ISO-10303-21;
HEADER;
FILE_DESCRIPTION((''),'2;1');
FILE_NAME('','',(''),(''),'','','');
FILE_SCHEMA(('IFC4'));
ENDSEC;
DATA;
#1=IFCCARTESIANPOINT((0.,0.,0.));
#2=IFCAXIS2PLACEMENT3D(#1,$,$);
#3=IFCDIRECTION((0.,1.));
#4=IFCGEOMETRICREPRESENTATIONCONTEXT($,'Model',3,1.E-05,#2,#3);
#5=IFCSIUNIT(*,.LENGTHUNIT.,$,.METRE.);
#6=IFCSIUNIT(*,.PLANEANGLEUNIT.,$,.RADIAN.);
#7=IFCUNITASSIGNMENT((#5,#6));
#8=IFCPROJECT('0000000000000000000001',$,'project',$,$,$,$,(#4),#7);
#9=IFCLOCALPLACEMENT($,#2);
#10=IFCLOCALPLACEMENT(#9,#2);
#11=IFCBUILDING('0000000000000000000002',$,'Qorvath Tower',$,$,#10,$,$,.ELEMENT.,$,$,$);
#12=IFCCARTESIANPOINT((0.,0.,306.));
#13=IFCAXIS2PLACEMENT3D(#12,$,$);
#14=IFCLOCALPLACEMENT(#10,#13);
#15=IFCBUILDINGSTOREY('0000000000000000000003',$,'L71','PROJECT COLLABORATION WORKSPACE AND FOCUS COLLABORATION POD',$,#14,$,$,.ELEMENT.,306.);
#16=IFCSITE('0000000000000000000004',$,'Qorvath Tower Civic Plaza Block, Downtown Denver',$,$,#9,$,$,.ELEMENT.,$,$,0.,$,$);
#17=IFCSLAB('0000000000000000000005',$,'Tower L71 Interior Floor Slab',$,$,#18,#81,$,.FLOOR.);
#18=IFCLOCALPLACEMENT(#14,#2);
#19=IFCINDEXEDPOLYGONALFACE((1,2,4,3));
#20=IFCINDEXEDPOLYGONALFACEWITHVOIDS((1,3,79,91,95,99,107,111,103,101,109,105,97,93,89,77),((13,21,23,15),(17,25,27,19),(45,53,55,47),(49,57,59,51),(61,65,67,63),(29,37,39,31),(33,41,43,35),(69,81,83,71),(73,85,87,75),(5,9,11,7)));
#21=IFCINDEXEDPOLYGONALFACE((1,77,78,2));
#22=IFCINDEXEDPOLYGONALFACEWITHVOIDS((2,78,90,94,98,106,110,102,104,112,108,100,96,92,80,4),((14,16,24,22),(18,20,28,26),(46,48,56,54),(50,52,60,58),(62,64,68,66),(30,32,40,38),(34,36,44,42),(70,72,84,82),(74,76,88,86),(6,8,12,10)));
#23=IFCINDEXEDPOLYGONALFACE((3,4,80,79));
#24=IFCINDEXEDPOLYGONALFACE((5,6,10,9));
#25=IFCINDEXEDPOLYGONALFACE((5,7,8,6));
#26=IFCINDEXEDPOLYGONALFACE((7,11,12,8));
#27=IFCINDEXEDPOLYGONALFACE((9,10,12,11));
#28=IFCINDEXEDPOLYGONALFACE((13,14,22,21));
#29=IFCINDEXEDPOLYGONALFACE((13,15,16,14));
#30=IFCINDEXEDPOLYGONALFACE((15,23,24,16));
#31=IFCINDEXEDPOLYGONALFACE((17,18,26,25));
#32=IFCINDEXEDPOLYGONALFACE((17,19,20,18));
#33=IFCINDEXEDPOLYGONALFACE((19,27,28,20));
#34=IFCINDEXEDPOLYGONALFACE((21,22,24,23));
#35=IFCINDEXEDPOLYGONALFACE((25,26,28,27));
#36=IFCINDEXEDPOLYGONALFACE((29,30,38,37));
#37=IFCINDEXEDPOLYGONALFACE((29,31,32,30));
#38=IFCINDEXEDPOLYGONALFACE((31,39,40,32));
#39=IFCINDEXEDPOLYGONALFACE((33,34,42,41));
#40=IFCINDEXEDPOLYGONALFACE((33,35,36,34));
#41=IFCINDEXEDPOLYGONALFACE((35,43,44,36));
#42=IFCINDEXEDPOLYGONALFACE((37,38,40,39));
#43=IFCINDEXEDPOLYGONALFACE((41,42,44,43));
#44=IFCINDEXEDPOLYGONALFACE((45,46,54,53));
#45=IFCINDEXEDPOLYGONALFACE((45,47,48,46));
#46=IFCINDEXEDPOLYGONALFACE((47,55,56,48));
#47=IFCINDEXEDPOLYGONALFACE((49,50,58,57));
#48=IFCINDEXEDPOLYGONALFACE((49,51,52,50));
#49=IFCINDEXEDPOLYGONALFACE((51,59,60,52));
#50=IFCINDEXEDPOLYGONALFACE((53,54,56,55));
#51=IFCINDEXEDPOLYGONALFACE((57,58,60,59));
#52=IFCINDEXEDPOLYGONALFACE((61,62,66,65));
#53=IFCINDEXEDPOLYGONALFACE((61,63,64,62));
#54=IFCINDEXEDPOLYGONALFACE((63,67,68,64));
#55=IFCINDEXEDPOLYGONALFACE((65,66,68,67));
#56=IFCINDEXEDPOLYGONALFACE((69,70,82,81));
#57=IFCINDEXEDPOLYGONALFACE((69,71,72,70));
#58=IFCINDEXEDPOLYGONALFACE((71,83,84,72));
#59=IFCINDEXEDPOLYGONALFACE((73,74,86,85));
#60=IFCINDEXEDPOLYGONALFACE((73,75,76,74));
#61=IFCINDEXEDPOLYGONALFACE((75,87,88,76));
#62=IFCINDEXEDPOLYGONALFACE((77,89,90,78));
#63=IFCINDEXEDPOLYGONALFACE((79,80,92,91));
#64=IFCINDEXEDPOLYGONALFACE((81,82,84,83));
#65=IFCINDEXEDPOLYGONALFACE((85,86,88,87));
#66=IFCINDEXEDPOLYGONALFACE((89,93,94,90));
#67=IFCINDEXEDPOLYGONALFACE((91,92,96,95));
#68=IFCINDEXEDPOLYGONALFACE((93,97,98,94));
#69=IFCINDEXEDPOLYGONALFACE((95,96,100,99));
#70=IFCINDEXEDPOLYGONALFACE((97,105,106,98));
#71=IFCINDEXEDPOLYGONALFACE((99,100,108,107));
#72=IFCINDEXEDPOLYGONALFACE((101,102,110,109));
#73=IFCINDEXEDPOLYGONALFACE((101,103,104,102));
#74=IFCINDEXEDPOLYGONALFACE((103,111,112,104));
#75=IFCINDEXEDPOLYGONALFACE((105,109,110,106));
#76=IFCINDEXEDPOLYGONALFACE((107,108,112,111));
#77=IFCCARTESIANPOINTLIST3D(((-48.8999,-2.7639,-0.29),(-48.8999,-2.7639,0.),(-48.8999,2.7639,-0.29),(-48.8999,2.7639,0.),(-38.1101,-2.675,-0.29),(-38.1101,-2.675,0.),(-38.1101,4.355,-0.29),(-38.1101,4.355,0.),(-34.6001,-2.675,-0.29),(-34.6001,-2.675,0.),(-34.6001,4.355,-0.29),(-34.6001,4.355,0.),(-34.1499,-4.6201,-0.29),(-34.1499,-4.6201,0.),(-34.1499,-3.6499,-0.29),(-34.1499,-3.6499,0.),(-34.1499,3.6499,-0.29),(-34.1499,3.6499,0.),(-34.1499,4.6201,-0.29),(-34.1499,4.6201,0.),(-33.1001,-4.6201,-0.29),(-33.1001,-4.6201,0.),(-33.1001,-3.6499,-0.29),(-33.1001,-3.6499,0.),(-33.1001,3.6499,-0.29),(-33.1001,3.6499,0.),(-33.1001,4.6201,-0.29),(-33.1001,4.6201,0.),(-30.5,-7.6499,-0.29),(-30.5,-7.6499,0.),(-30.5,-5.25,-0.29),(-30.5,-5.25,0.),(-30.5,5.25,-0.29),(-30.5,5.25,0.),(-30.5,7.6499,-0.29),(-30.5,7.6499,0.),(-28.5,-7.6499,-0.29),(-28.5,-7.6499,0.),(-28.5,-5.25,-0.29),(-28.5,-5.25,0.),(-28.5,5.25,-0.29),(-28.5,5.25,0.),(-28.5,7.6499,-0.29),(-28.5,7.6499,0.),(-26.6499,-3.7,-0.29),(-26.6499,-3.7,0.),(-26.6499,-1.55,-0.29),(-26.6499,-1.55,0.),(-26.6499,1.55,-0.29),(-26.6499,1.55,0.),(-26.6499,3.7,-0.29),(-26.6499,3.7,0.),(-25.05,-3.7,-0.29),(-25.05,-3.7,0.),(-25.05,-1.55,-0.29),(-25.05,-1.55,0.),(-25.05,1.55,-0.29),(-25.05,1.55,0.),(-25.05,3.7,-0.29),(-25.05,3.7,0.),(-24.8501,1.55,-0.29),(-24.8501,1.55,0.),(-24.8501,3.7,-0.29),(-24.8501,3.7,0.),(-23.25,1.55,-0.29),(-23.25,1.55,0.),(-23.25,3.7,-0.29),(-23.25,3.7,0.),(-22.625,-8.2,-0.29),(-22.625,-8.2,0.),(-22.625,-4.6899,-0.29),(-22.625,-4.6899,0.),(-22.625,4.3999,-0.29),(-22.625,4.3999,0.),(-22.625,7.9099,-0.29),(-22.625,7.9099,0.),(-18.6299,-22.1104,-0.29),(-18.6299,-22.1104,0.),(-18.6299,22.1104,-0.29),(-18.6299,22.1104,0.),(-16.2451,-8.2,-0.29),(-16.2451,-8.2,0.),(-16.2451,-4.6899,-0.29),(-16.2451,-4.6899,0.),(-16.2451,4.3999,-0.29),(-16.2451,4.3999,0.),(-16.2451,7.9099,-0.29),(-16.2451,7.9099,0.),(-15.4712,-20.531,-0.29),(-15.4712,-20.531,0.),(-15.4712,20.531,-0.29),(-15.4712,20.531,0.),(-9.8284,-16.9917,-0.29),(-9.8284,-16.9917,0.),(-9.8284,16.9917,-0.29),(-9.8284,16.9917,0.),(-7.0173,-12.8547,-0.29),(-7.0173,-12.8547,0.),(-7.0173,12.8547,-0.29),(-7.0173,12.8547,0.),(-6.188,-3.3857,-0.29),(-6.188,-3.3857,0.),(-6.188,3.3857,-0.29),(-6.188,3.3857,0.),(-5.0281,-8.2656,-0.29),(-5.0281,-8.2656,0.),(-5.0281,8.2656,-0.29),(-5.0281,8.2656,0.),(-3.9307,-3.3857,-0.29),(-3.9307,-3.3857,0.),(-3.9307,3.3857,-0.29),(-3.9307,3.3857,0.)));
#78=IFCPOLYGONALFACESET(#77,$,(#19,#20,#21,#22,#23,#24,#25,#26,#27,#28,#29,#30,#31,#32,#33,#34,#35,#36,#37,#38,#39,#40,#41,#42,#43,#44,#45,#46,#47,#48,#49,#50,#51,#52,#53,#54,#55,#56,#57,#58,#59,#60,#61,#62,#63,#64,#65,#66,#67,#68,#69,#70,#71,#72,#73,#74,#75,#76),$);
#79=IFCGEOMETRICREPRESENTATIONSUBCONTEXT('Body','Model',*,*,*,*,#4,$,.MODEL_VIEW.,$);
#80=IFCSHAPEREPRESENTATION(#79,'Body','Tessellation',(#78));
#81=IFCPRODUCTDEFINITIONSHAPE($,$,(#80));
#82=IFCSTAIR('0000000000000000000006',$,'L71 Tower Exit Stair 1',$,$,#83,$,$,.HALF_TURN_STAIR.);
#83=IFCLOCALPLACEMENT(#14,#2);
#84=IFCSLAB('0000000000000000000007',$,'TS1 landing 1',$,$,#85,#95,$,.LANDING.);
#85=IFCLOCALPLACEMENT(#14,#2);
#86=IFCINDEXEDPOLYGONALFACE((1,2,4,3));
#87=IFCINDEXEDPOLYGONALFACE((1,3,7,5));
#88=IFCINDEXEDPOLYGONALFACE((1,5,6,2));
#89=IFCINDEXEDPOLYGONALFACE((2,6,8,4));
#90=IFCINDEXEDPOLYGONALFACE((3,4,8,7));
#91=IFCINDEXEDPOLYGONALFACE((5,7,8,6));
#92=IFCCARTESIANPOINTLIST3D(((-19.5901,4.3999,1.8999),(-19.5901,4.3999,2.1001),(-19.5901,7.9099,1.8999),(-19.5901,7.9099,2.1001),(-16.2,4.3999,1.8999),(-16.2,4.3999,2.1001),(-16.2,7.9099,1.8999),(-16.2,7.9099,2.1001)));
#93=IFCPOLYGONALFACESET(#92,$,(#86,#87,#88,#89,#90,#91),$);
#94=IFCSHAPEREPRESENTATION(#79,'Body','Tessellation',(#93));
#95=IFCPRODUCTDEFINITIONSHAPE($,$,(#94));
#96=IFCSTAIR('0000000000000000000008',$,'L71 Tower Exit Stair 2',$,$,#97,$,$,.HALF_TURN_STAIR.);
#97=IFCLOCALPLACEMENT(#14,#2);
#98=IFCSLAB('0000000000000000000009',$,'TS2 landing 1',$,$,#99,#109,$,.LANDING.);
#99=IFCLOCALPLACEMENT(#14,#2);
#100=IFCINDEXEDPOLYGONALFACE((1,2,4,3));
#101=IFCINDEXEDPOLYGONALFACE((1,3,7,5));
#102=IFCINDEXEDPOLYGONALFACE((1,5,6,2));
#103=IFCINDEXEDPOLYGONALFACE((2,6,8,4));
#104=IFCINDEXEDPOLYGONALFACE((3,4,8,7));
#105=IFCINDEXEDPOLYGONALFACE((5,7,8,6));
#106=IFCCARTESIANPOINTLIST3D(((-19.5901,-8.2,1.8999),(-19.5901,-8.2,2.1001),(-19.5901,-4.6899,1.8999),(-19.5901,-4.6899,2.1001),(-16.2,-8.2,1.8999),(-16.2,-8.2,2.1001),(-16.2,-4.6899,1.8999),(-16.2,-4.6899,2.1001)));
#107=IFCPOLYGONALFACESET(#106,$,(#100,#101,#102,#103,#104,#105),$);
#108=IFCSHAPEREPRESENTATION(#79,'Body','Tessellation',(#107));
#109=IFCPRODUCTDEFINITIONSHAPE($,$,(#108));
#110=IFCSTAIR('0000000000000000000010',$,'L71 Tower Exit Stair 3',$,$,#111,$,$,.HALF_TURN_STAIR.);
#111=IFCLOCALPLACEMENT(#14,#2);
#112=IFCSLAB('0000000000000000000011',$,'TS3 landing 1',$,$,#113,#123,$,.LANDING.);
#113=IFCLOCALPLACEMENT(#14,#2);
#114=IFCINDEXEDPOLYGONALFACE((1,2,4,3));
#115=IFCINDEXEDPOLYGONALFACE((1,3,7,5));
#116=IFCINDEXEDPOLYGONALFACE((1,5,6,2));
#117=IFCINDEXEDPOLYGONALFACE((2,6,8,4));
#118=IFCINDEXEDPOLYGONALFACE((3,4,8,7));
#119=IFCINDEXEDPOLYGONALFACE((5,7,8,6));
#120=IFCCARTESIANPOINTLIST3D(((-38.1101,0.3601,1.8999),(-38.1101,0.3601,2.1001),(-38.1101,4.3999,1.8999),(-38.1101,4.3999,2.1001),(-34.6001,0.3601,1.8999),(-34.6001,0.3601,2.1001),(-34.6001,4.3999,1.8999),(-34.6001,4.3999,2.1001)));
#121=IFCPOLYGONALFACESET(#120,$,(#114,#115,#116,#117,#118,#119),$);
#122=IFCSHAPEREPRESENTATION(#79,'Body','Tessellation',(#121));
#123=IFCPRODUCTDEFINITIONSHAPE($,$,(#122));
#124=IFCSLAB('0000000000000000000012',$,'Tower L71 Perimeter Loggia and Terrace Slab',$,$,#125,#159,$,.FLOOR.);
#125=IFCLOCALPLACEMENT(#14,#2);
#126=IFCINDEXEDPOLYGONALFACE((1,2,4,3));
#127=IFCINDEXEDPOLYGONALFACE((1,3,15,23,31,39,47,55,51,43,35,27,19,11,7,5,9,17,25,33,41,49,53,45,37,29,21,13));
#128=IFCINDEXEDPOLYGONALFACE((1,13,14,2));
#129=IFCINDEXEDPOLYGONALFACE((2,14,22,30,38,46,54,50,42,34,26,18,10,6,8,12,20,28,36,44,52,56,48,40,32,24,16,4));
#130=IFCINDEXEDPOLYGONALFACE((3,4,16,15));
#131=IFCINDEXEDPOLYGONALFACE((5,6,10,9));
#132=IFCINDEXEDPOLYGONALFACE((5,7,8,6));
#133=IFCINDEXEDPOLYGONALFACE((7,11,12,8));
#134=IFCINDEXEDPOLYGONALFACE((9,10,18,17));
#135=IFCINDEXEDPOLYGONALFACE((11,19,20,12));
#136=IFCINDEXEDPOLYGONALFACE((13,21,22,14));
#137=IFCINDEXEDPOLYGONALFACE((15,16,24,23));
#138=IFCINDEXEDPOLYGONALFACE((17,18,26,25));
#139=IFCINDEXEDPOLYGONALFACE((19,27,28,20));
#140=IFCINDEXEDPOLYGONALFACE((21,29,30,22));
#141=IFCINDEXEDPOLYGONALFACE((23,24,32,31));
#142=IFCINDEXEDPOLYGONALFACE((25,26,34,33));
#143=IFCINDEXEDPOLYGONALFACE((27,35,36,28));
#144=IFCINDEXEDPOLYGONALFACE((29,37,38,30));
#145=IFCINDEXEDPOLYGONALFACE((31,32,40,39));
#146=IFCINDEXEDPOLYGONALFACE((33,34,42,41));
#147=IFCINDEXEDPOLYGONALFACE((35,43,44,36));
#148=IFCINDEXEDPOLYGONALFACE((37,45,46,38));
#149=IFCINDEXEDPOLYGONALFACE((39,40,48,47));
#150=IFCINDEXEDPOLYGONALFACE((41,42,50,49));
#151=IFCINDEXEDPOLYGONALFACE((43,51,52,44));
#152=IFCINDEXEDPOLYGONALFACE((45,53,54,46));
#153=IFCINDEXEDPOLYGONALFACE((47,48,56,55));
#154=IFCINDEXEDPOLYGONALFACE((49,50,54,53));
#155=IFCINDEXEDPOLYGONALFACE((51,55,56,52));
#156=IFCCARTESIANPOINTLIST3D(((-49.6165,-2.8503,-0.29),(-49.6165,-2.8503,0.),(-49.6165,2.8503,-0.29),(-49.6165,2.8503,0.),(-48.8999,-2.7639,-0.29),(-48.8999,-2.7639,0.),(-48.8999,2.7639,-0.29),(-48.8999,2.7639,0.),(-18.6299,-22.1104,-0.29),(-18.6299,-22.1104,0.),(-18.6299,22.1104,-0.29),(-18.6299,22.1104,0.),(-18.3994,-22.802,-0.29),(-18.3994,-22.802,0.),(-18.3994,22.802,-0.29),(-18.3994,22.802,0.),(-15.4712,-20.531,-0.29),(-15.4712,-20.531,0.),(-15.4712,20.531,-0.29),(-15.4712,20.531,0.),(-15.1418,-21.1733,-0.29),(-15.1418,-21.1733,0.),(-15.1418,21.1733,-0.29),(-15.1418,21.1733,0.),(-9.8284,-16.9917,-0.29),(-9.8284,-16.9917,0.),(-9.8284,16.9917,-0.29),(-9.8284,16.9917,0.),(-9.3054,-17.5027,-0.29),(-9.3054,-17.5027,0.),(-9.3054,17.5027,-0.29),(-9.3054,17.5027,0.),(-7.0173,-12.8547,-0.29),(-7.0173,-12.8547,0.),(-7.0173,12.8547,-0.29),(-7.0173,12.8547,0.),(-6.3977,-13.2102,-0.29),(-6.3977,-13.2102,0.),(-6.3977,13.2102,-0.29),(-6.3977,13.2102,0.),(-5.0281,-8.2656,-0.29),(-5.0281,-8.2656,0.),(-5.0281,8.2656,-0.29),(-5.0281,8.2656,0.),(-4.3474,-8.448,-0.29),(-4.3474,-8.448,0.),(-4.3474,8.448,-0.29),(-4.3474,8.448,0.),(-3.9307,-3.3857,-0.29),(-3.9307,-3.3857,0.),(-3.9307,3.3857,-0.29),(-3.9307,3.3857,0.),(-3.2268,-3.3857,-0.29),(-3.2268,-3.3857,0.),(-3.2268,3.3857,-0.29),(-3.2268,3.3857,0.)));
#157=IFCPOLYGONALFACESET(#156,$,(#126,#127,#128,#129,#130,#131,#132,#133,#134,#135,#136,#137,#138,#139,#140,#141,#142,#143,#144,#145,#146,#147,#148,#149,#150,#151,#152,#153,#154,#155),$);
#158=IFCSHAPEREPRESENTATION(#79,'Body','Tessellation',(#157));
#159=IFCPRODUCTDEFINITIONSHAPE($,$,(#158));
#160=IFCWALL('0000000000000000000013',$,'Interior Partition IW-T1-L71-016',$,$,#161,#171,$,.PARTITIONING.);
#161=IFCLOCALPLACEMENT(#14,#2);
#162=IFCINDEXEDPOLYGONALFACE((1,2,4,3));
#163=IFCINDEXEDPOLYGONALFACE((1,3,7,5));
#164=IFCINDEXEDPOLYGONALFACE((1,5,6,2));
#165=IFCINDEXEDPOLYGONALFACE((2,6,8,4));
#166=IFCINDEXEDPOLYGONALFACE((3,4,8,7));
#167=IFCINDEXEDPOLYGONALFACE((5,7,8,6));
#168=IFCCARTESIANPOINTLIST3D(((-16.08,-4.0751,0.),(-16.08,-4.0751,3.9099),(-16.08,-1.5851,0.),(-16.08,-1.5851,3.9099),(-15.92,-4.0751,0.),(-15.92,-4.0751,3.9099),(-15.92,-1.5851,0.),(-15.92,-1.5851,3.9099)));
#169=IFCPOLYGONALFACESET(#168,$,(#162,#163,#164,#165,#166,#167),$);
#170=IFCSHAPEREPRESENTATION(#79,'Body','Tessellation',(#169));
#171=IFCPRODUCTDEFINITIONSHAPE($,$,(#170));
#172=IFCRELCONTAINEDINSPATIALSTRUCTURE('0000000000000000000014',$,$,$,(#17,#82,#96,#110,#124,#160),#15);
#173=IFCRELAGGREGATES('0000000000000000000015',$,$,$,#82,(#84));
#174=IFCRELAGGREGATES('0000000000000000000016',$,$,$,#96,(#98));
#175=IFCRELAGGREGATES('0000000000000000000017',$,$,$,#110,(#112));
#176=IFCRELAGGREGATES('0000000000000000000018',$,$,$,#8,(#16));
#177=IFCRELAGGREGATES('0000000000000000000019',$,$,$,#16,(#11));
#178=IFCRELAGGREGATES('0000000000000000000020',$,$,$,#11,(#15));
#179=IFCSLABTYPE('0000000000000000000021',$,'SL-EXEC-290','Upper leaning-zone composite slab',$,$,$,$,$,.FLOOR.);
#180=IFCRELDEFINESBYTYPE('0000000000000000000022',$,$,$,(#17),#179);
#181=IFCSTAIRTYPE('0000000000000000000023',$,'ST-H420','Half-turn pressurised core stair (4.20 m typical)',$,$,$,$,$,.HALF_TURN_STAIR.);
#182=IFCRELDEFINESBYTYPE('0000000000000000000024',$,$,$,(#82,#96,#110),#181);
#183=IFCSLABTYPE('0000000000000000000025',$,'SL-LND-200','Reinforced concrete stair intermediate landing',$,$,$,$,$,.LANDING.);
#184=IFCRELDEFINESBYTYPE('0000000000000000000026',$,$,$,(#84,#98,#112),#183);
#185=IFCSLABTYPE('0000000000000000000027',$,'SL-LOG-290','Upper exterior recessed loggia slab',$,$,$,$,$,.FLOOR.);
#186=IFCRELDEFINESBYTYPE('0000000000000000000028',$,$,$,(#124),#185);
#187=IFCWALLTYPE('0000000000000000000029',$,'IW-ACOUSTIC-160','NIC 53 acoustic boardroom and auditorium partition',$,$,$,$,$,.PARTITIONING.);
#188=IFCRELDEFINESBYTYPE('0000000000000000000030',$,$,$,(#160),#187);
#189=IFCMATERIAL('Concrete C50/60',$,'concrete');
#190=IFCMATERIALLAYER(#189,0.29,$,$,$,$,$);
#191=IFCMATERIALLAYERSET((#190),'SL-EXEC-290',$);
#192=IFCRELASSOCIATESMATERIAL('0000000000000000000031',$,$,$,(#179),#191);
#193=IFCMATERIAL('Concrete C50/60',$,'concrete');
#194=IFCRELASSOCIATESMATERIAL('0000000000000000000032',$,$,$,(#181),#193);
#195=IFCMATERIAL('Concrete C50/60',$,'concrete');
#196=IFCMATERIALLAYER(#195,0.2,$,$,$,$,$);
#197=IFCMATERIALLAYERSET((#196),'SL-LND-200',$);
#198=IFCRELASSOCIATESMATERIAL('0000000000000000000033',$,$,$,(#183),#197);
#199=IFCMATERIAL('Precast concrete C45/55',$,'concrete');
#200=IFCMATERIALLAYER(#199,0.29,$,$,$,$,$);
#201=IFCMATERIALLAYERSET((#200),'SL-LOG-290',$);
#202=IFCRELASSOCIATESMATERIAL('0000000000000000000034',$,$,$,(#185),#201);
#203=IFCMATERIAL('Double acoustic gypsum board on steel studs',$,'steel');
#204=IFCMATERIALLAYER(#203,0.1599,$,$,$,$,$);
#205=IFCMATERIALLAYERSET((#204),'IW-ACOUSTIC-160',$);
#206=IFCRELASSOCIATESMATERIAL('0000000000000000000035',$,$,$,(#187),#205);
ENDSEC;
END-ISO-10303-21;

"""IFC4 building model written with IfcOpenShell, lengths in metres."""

from ifc_helpers import new_model, si_unit, direction, frame, frame_2d, origin, place, context, subcontext, project, spatial, polyline, rectangle, outline, extrude, material, layer, layer_set, type_object, element, aggregate, save


model = new_model("IFC4")

# Units and contexts
model_context = context("Model", 3, precision=1e-05, world=origin(), true_north=direction((0.0, 1.0)))
body_context = subcontext(model_context, "Body", "Model", "MODEL_VIEW")
ifc_project = project(units=[si_unit("LENGTHUNIT", "METRE"), si_unit("PLANEANGLEUNIT", "RADIAN")], contexts=[model_context])

# Site, building, storey
site_placement = place(None, origin())
site = spatial("IfcSite", under=ifc_project, at=site_placement, Name="Qorvath Tower Civic Plaza Block, Downtown Denver", CompositionType="ELEMENT", RefElevation=0.0)
building_placement = place(site_placement, origin())
building = spatial("IfcBuilding", under=site, at=building_placement, Name="Qorvath Tower", CompositionType="ELEMENT")
storey_placement = place(building_placement, frame((0.0, 0.0, 306.0)))
storey = spatial("IfcBuildingStorey", under=building, at=storey_placement, Name="L71", Description="PROJECT COLLABORATION WORKSPACE AND FOCUS COLLABORATION POD", CompositionType="ELEMENT", Elevation=306.0)

# Slab
ifc_material_1 = material(Name="Concrete C50/60", Category="concrete")
ifc_layer_1 = layer(ifc_material_1, 0.29)
ifc_layer_set_1 = layer_set([ifc_layer_1], Name="SL-EXEC-290")
slab_type_1 = type_object("IfcSlabType", Name="SL-EXEC-290", Description="Upper leaning-zone composite slab", PredefinedType="FLOOR", material=ifc_layer_set_1)
slab_1_placement = place(storey_placement, frame((0.0, 0.0, -0.29)))
element("IfcSlab", 1, at=slab_1_placement, inside=storey, type_object=slab_type_1, Name="Tower L71 Interior Floor Slab", PredefinedType="FLOOR", context=body_context, shape_type="SweptSolid", body=[
    extrude(outline(polyline([(-48.8999, 2.7639), (-48.8999, -2.7639), (-18.6299, -22.1104), (-15.4712, -20.531), (-9.8284, -16.9917), (-7.0173, -12.8547), (-5.0281, -8.2656), (-3.9307, -3.3857), (-6.188, -3.3857), (-6.188, 3.3857), (-3.9307, 3.3857), (-5.0281, 8.2656), (-7.0173, 12.8547), (-9.8284, 16.9917), (-15.4712, 20.531), (-18.6299, 22.1104), (-48.8999, 2.7639)]), holes=[polyline([(-16.2451, -8.2), (-22.625, -8.2), (-22.625, -4.6899), (-16.2451, -4.6899), (-16.2451, -8.2)]), polyline([(-22.625, 4.3999), (-22.625, 7.9099), (-16.2451, 7.9099), (-16.2451, 4.3999), (-22.625, 4.3999)]), polyline([(-23.25, 1.55), (-24.8501, 1.55), (-24.8501, 3.7), (-23.25, 3.7), (-23.25, 1.55)]), polyline([(-26.6499, -3.7), (-26.6499, -1.55), (-25.05, -1.55), (-25.05, -3.7), (-26.6499, -3.7)]), polyline([(-25.05, 1.55), (-26.6499, 1.55), (-26.6499, 3.7), (-25.05, 3.7), (-25.05, 1.55)]), polyline([(-28.5, -7.6499), (-30.5, -7.6499), (-30.5, -5.25), (-28.5, -5.25), (-28.5, -7.6499)]), polyline([(-30.5, 5.25), (-30.5, 7.6499), (-28.5, 7.6499), (-28.5, 5.25), (-30.5, 5.25)]), polyline([(-33.1001, -4.6201), (-34.1499, -4.6201), (-34.1499, -3.6499), (-33.1001, -3.6499), (-33.1001, -4.6201)]), polyline([(-33.1001, 3.6499), (-34.1499, 3.6499), (-34.1499, 4.6201), (-33.1001, 4.6201), (-33.1001, 3.6499)]), polyline([(-34.6001, -2.675), (-38.1101, -2.675), (-38.1101, 4.355), (-34.6001, 4.355), (-34.6001, -2.675)])]), origin(), (0.0, 0.0, 1.0), 0.29),
])

# Stairs, slabs
ifc_material_2 = material(Name="Concrete C50/60", Category="concrete")
stair_type = type_object("IfcStairType", Name="ST-H420", Description="Half-turn pressurised core stair (4.20 m typical)", PredefinedType="HALF_TURN_STAIR", material=ifc_material_2)
stair_1_placement = place(storey_placement, origin())
stair_1 = element("IfcStair", 2, at=stair_1_placement, inside=storey, type_object=stair_type, Name="L71 Tower Exit Stair 1", PredefinedType="HALF_TURN_STAIR")
ifc_material_3 = material(Name="Concrete C50/60", Category="concrete")
ifc_layer_2 = layer(ifc_material_3, 0.2)
ifc_layer_set_2 = layer_set([ifc_layer_2], Name="SL-LND-200")
slab_type_2 = type_object("IfcSlabType", Name="SL-LND-200", Description="Reinforced concrete stair intermediate landing", PredefinedType="LANDING", material=ifc_layer_set_2)
slab_2_placement = place(storey_placement, frame((0.0, 0.0, 1.8999)))
slab_2 = element("IfcSlab", 3, at=slab_2_placement, type_object=slab_type_2, Name="TS1 landing 1", PredefinedType="LANDING", context=body_context, shape_type="SweptSolid", body=[
    extrude(outline(polyline([(-19.5901, 4.3999), (-16.2, 4.3999), (-16.2, 7.9099), (-19.5901, 7.9099), (-19.5901, 4.3999)])), origin(), (0.0, 0.0, 1.0), 0.2002),
])
aggregate(stair_1, [slab_2])
stair_2_placement = place(storey_placement, origin())
stair_2 = element("IfcStair", 4, at=stair_2_placement, inside=storey, type_object=stair_type, Name="L71 Tower Exit Stair 2", PredefinedType="HALF_TURN_STAIR")
slab_3_placement = place(storey_placement, frame((0.0, 0.0, 1.8999)))
slab_3 = element("IfcSlab", 5, at=slab_3_placement, type_object=slab_type_2, Name="TS2 landing 1", PredefinedType="LANDING", context=body_context, shape_type="SweptSolid", body=[
    extrude(outline(polyline([(-19.5901, -8.2), (-16.2, -8.2), (-16.2, -4.6899), (-19.5901, -4.6899), (-19.5901, -8.2)])), origin(), (0.0, 0.0, 1.0), 0.2002),
])
aggregate(stair_2, [slab_3])
stair_3_placement = place(storey_placement, origin())
stair_3 = element("IfcStair", 6, at=stair_3_placement, inside=storey, type_object=stair_type, Name="L71 Tower Exit Stair 3", PredefinedType="HALF_TURN_STAIR")
slab_4_placement = place(storey_placement, frame((0.0, 0.0, 1.8999)))
slab_4 = element("IfcSlab", 7, at=slab_4_placement, type_object=slab_type_2, Name="TS3 landing 1", PredefinedType="LANDING", context=body_context, shape_type="SweptSolid", body=[
    extrude(outline(polyline([(-34.6001, 0.3601), (-34.6001, 4.3999), (-38.1101, 4.3999), (-38.1101, 0.3601), (-34.6001, 0.3601)])), origin(), (0.0, 0.0, 1.0), 0.2002),
])
aggregate(stair_3, [slab_4])

# Slab
ifc_material_4 = material(Name="Precast concrete C45/55", Category="concrete")
ifc_layer_3 = layer(ifc_material_4, 0.29)
ifc_layer_set_3 = layer_set([ifc_layer_3], Name="SL-LOG-290")
slab_type_3 = type_object("IfcSlabType", Name="SL-LOG-290", Description="Upper exterior recessed loggia slab", PredefinedType="FLOOR", material=ifc_layer_set_3)
slab_5_placement = place(storey_placement, frame((0.0, 0.0, -0.29)))
element("IfcSlab", 8, at=slab_5_placement, inside=storey, type_object=slab_type_3, Name="Tower L71 Perimeter Loggia and Terrace Slab", PredefinedType="FLOOR", context=body_context, shape_type="SweptSolid", body=[
    extrude(outline(polyline([(-3.9307, -3.3857), (-5.0281, -8.2656), (-7.0173, -12.8547), (-9.8284, -16.9917), (-15.4712, -20.531), (-18.6299, -22.1104), (-48.8999, -2.7639), (-48.8999, 2.7639), (-18.6299, 22.1104), (-15.4712, 20.531), (-9.8284, 16.9917), (-7.0173, 12.8547), (-5.0281, 8.2656), (-3.9307, 3.3857), (-3.2268, 3.3857), (-4.3474, 8.448), (-6.3977, 13.2102), (-9.3054, 17.5027), (-15.1418, 21.1733), (-18.3994, 22.802), (-49.6165, 2.8503), (-49.6165, -2.8503), (-18.3994, -22.802), (-15.1418, -21.1733), (-9.3054, -17.5027), (-6.3977, -13.2102), (-4.3474, -8.448), (-3.2268, -3.3857), (-3.9307, -3.3857)])), origin(), (0.0, 0.0, 1.0), 0.29),
])

# Wall
ifc_material_5 = material(Name="Double acoustic gypsum board on steel studs", Category="steel")
ifc_layer_4 = layer(ifc_material_5, 0.1599)
ifc_layer_set_4 = layer_set([ifc_layer_4], Name="IW-ACOUSTIC-160")
wall_type_1 = type_object("IfcWallType", Name="IW-ACOUSTIC-160", Description="NIC 53 acoustic boardroom and auditorium partition", PredefinedType="PARTITIONING", material=ifc_layer_set_4)
wall_1_placement = place(storey_placement, frame((-16.0, -4.0752, 0.0), z_axis=(0.0, 0.0, 1.0), x_axis=(0.0, 1.0, 0.0)))
element("IfcWall", 9, at=wall_1_placement, inside=storey, type_object=wall_type_1, Name="Interior Partition IW-T1-L71-016", PredefinedType="PARTITIONING", context=body_context, shape_type="SweptSolid", body=[
    extrude(rectangle(XDim=2.49, YDim=0.1599, at=frame_2d((1.2451, 0.0))), origin(), (0.0, 0.0, 1.0), 3.9099),
])

save(model, "model.ifc")
